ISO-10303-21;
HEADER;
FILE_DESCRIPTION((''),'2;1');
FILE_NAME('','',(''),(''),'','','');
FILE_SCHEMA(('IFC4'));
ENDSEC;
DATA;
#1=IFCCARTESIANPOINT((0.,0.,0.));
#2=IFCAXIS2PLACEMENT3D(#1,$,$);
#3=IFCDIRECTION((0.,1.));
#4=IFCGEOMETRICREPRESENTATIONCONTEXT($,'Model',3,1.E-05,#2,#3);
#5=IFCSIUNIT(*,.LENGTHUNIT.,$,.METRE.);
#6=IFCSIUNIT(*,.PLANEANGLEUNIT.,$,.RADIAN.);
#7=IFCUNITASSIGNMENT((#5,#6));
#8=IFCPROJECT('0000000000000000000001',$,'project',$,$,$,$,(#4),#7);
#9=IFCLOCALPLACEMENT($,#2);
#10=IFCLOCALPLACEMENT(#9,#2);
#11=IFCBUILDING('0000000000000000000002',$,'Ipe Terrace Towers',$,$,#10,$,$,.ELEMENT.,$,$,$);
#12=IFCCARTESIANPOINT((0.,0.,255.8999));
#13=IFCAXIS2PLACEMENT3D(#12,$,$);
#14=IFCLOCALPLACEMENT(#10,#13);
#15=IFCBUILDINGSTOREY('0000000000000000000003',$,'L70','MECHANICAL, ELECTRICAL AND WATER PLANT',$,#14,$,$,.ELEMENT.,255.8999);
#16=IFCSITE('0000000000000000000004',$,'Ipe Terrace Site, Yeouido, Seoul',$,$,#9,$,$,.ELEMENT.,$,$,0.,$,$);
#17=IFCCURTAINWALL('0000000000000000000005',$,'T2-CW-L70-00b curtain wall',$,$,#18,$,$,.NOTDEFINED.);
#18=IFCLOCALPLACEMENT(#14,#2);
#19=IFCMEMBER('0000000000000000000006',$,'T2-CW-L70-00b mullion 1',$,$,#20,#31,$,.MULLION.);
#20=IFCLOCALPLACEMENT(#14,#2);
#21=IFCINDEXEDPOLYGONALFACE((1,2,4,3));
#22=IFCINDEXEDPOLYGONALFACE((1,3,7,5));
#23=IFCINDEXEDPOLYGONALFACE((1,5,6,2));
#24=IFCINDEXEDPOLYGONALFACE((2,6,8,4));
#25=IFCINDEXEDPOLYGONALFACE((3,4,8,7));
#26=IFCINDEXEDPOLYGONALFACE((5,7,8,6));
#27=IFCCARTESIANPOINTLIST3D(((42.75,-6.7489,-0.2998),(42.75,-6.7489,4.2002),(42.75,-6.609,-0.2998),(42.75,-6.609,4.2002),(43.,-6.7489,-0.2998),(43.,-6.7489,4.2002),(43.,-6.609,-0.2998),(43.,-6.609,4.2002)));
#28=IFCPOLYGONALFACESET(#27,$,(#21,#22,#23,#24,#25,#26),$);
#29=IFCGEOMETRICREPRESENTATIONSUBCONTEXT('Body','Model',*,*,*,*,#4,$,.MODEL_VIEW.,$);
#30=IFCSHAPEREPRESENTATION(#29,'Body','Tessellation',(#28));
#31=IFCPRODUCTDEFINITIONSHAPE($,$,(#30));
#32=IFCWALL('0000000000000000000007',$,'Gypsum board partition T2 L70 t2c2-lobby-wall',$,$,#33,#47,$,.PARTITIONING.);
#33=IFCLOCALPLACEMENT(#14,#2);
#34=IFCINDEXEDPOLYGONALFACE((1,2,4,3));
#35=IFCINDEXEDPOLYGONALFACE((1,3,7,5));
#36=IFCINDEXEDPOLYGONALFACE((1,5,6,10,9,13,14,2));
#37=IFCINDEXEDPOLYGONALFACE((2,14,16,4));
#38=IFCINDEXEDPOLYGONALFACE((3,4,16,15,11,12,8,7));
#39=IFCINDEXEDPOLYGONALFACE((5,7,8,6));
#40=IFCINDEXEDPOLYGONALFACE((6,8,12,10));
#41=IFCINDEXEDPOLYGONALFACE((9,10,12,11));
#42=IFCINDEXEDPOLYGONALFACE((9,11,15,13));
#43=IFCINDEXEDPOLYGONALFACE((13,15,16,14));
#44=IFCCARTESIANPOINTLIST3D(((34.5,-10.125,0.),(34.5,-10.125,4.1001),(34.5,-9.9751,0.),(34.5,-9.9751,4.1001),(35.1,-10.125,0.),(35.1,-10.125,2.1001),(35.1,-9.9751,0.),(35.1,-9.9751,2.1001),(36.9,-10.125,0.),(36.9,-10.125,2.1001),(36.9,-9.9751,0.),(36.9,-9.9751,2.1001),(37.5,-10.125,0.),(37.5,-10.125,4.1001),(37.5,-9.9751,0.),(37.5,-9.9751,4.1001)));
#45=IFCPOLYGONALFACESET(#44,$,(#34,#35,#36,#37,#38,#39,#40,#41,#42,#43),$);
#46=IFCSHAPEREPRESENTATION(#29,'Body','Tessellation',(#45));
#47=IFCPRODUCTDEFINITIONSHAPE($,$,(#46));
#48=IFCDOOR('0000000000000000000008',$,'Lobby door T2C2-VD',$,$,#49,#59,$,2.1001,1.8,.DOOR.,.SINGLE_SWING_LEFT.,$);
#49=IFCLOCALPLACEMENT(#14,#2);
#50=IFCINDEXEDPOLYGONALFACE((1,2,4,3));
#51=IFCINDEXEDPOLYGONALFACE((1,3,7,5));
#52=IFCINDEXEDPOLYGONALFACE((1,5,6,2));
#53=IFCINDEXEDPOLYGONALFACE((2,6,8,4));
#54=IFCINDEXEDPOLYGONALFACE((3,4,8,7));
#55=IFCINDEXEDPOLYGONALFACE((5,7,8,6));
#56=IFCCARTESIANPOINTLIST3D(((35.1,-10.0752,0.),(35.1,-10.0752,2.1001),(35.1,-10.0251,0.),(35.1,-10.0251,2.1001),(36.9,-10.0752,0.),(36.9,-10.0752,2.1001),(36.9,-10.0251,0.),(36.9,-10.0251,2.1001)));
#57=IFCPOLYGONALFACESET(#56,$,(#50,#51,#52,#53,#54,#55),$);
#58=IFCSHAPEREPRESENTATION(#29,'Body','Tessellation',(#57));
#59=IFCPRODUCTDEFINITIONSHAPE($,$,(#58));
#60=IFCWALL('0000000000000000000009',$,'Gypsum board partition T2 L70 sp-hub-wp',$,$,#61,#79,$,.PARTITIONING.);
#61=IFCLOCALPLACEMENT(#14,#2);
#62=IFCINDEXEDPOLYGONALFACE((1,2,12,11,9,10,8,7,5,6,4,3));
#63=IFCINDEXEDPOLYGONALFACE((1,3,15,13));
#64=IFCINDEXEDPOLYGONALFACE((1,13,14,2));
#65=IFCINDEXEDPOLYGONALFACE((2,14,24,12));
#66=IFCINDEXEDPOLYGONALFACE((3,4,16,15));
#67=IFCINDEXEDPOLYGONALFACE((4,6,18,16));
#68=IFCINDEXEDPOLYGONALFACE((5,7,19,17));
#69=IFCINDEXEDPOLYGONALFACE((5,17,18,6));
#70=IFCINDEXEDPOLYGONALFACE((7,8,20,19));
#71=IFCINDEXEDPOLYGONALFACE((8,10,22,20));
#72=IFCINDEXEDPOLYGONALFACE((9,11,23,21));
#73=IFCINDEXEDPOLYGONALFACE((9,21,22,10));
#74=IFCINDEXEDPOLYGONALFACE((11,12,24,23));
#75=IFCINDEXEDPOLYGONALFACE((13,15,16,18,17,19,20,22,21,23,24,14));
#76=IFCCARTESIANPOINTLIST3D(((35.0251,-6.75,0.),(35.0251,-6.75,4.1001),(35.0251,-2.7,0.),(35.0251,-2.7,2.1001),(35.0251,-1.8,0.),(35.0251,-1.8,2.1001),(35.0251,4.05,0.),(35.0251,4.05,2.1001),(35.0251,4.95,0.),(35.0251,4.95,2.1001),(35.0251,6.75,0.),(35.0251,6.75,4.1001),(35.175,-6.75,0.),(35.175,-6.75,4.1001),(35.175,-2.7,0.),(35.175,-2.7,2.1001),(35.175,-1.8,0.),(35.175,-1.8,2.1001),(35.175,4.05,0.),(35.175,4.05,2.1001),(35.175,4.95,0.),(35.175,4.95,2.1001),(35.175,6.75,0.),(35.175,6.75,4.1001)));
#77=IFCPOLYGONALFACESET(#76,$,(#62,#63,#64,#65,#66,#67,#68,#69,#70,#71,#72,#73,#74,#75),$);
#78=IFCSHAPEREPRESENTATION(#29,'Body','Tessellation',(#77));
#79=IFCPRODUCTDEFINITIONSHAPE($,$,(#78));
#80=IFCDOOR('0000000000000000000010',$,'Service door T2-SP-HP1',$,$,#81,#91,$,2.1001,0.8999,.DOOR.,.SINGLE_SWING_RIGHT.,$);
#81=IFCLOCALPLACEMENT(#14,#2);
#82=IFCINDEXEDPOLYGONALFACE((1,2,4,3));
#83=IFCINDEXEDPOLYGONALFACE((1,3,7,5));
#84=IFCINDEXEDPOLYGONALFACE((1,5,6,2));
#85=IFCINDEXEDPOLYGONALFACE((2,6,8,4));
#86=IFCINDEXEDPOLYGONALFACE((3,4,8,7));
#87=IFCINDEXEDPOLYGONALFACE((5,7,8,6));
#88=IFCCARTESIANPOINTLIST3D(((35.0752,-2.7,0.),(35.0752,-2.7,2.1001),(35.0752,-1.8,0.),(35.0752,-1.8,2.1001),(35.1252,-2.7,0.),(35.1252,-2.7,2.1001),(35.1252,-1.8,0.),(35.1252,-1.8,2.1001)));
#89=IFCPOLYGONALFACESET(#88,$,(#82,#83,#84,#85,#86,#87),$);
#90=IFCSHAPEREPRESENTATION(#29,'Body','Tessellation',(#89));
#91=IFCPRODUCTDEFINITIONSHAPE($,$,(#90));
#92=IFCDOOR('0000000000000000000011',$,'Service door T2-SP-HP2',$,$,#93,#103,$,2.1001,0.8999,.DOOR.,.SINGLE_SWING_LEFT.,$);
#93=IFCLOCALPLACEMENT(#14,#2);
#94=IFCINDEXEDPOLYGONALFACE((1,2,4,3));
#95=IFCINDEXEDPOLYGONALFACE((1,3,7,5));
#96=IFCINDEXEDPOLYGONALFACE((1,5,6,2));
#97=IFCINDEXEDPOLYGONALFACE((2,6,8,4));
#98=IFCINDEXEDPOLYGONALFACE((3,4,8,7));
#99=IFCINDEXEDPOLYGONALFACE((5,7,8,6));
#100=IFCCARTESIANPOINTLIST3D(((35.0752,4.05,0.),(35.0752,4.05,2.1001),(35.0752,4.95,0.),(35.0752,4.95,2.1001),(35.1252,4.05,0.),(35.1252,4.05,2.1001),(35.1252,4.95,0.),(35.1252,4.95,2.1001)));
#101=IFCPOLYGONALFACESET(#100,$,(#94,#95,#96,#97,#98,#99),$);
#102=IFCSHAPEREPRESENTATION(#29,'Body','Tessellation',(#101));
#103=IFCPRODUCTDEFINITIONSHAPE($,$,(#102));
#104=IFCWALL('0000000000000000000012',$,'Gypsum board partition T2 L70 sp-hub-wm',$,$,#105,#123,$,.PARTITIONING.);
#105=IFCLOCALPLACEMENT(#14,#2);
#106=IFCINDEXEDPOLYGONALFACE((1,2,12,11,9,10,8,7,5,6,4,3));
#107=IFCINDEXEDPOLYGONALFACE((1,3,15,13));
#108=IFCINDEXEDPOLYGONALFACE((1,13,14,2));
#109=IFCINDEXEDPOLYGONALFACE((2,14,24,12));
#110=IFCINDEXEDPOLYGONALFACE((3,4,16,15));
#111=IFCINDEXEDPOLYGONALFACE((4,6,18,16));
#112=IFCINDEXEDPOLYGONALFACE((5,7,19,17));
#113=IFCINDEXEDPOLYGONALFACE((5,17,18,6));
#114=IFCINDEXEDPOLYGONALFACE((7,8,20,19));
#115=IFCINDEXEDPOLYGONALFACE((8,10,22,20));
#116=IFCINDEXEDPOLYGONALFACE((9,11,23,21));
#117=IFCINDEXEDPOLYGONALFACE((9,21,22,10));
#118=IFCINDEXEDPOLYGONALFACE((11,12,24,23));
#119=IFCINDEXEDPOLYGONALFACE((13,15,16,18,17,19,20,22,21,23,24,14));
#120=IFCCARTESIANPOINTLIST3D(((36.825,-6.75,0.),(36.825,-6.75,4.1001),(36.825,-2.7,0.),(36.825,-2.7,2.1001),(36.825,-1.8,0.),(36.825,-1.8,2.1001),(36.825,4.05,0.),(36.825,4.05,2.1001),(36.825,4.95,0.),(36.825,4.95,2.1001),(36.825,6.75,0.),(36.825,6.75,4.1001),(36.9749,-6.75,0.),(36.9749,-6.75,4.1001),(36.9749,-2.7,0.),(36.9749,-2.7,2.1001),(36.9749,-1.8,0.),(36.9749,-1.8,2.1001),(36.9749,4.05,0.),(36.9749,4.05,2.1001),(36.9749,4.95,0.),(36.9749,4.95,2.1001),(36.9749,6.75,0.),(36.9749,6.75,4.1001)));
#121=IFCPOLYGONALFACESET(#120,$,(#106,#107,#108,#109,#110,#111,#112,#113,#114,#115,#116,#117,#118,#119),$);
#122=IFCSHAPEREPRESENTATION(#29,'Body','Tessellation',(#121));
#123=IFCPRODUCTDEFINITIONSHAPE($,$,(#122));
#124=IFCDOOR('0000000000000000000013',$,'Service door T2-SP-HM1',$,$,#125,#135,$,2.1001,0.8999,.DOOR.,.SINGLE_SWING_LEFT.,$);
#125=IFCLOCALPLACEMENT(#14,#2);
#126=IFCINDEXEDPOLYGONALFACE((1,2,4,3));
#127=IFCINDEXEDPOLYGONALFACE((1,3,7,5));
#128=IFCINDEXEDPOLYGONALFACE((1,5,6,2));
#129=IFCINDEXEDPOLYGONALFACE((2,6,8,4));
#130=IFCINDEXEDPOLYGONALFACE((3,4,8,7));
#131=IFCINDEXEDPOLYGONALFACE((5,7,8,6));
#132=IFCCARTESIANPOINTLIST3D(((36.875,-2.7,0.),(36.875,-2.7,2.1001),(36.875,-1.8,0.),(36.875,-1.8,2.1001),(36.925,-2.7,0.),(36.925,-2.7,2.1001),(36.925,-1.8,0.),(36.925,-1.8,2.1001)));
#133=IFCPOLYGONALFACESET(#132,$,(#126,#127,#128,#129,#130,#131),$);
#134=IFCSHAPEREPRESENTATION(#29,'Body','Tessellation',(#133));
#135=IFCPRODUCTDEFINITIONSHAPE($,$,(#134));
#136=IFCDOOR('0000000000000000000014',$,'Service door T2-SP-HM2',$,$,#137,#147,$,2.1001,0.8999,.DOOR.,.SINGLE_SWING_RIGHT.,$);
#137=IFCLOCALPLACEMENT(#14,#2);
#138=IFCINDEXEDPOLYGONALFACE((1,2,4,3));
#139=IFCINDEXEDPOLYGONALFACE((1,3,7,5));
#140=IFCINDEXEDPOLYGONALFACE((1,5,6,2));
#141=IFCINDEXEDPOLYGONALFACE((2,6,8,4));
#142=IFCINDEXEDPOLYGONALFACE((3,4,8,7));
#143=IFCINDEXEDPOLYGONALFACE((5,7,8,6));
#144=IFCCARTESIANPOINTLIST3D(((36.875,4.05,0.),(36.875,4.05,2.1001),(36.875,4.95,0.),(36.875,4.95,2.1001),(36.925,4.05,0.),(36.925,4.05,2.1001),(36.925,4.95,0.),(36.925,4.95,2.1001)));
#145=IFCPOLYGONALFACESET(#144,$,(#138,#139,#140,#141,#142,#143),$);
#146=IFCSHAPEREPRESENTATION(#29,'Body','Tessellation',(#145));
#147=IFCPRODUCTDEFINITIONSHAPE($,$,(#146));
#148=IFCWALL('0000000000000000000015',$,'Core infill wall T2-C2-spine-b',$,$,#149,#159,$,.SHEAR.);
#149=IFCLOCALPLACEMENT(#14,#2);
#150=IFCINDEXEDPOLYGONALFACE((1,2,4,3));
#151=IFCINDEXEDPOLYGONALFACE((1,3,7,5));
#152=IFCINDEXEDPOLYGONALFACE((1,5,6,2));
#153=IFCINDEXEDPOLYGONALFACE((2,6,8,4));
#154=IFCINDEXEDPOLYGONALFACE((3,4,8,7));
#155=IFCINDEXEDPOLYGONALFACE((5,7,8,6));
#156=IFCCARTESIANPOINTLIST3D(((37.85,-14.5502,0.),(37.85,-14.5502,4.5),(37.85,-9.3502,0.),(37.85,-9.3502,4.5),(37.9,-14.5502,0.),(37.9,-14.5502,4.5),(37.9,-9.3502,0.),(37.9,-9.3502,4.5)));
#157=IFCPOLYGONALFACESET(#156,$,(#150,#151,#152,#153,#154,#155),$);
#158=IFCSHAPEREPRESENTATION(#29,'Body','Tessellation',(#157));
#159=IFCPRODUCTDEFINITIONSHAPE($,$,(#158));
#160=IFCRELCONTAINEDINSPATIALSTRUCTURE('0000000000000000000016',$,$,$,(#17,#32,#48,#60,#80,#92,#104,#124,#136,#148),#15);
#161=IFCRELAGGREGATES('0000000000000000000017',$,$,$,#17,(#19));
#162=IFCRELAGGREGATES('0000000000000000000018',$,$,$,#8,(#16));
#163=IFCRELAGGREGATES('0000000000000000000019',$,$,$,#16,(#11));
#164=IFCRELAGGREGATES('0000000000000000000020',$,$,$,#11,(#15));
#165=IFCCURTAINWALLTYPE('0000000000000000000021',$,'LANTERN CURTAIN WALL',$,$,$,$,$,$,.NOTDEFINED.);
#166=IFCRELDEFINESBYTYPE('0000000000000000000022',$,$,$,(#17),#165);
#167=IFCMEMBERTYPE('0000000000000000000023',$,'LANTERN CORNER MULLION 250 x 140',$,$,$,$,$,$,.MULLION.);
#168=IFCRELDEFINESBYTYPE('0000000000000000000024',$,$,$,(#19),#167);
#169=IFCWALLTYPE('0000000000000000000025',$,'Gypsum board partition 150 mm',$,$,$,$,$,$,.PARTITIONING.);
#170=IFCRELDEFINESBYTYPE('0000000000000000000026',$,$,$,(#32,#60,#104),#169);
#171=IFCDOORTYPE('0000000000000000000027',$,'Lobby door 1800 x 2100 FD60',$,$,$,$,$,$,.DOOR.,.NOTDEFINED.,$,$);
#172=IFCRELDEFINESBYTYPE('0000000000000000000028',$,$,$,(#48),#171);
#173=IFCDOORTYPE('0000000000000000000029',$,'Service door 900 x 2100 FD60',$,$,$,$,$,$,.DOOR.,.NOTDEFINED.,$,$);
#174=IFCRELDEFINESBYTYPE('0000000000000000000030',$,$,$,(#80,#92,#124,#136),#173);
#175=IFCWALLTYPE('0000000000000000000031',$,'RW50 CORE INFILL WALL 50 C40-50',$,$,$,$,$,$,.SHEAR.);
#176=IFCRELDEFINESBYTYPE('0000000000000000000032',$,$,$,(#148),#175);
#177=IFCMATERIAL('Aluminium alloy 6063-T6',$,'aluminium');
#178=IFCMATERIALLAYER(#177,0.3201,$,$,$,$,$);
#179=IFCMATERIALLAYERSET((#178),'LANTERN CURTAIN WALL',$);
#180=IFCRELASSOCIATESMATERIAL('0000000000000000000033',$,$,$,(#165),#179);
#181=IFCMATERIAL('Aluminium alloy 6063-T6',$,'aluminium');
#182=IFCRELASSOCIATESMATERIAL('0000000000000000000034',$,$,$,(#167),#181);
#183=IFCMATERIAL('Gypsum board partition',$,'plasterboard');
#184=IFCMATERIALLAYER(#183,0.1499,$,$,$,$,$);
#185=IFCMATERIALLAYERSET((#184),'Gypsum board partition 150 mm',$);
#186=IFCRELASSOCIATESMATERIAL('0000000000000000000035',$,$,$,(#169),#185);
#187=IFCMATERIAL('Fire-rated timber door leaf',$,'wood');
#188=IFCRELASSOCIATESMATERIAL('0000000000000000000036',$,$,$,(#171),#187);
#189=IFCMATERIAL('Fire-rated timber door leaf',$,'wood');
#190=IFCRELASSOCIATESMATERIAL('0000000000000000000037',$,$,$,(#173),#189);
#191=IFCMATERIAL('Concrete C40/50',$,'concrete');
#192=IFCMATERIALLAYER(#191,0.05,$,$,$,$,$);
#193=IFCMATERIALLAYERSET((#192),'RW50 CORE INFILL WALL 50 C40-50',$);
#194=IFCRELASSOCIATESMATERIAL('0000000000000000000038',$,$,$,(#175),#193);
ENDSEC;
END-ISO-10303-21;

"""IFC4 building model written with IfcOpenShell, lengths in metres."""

from ifc_helpers import new_model, si_unit, direction, frame, frame_2d, origin, origin_2d, place, context, subcontext, project, spatial, rectangle, extrude, material, layer, layer_set, material_profile, profile_set, type_object, element, fill, aggregate, save


model = new_model("IFC4")

# Units and contexts
model_context = context("Model", 3, precision=1e-05, world=origin(), true_north=direction((0.0, 1.0)))
body_context = subcontext(model_context, "Body", "Model", "MODEL_VIEW")
ifc_project = project(units=[si_unit("LENGTHUNIT", "METRE"), si_unit("PLANEANGLEUNIT", "RADIAN")], contexts=[model_context])

# Site, building, storey
site_placement = place(None, origin())
site = spatial("IfcSite", under=ifc_project, at=site_placement, Name="Ipe Terrace Site, Yeouido, Seoul", CompositionType="ELEMENT", RefElevation=0.0)
building_placement = place(site_placement, origin())
building = spatial("IfcBuilding", under=site, at=building_placement, Name="Ipe Terrace Towers", CompositionType="ELEMENT")
storey_placement = place(building_placement, frame((0.0, 0.0, 255.8999)))
storey = spatial("IfcBuildingStorey", under=building, at=storey_placement, Name="L70", Description="MECHANICAL, ELECTRICAL AND WATER PLANT", CompositionType="ELEMENT", Elevation=255.8999)

# Curtain wall, member
ifc_material_1 = material(Name="Aluminium alloy 6063-T6", Category="aluminium")
ifc_layer_1 = layer(ifc_material_1, 0.3201)
ifc_layer_set_1 = layer_set([ifc_layer_1], Name="LANTERN CURTAIN WALL")
curtain_wall_type = type_object("IfcCurtainWallType", Name="LANTERN CURTAIN WALL", PredefinedType="NOTDEFINED", material=ifc_layer_set_1)
curtain_wall_placement = place(storey_placement, origin())
curtain_wall = element("IfcCurtainWall", 1, at=curtain_wall_placement, inside=storey, type_object=curtain_wall_type, Name="T2-CW-L70-00b curtain wall", PredefinedType="NOTDEFINED")
ifc_material_2 = material(Name="Aluminium alloy 6063-T6", Category="aluminium")
ifc_material_profile = material_profile(ifc_material_2, rectangle(XDim=0.25, YDim=0.1399, at=origin_2d()), Name="LANTERN CORNER MULLION 250 x 140")
ifc_profile_set = profile_set([ifc_material_profile], Name="Aluminium alloy 6063-T6")
member_type = type_object("IfcMemberType", Name="LANTERN CORNER MULLION 250 x 140", PredefinedType="MULLION", material=ifc_profile_set)
member_placement = place(storey_placement, frame((42.875, -6.679, -0.2998), z_axis=(0.0, 0.0, 1.0), x_axis=(1.0, 0.0, 0.0)))
member = element("IfcMember", 2, at=member_placement, type_object=member_type, Name="T2-CW-L70-00b mullion 1", PredefinedType="MULLION", context=body_context, shape_type="SweptSolid", body=[
    extrude(rectangle(XDim=0.25, YDim=0.1399, at=origin_2d()), origin(), (0.0, 0.0, 1.0), 4.5),
])
aggregate(curtain_wall, [member])

# Wall, opening, door
ifc_material_3 = material(Name="Gypsum board partition", Category="plasterboard")
ifc_layer_2 = layer(ifc_material_3, 0.1499)
ifc_layer_set_2 = layer_set([ifc_layer_2], Name="Gypsum board partition 150 mm")
wall_type_1 = type_object("IfcWallType", Name="Gypsum board partition 150 mm", PredefinedType="PARTITIONING", material=ifc_layer_set_2)
wall_1_placement = place(storey_placement, frame((34.5, -10.05, 0.0), z_axis=(0.0, 0.0, 1.0), x_axis=(1.0, 0.0, 0.0)))
wall_1 = element("IfcWall", 3, at=wall_1_placement, inside=storey, type_object=wall_type_1, Name="Gypsum board partition T2 L70 t2c2-lobby-wall", PredefinedType="PARTITIONING", context=body_context, shape_type="SweptSolid", body=[
    extrude(rectangle(XDim=3.0, YDim=0.1499, at=frame_2d((1.5, 0.0))), origin(), (0.0, 0.0, 1.0), 4.1001),
])
opening_1_placement = place(wall_1_placement, frame((0.6001, 0.0, 0.0)))
opening_1 = element("IfcOpeningElement", 4, at=opening_1_placement, cuts=wall_1, PredefinedType="OPENING", context=body_context, shape_type="SweptSolid", body=[
    extrude(rectangle(XDim=1.8, YDim=2.1001, at=frame_2d((0.8999, 1.05))), frame((0.0, 0.085, 0.0), z_axis=(0.0, -1.0, 0.0), x_axis=(1.0, 0.0, 0.0)), (0.0, 0.0, 1.0), 0.1699),
])
ifc_material_4 = material(Name="Fire-rated timber door leaf", Category="wood")
door_type_1 = type_object("IfcDoorType", Name="Lobby door 1800 x 2100 FD60", OperationType="NOTDEFINED", PredefinedType="DOOR", material=ifc_material_4)
door_1_placement = place(opening_1_placement, origin())
door_1 = element("IfcDoor", 5, at=door_1_placement, inside=storey, type_object=door_type_1, Name="Lobby door T2C2-VD", OperationType="SINGLE_SWING_LEFT", OverallHeight=2.1001, OverallWidth=1.8, PredefinedType="DOOR", context=body_context, shape_type="SweptSolid", body=[
    extrude(rectangle(XDim=1.8, YDim=2.1001, at=frame_2d((0.8999, 1.05))), frame((0.0, 0.0249, 0.0), z_axis=(0.0, -1.0, 0.0), x_axis=(1.0, 0.0, 0.0)), (0.0, 0.0, 1.0), 0.05),
])
fill(opening_1, door_1)

# Walls, openings, doors
wall_2_placement = place(storey_placement, frame((35.1001, -6.75, 0.0), z_axis=(0.0, 0.0, 1.0), x_axis=(0.0, 1.0, 0.0)))
wall_2 = element("IfcWall", 6, at=wall_2_placement, inside=storey, type_object=wall_type_1, Name="Gypsum board partition T2 L70 sp-hub-wp", PredefinedType="PARTITIONING", context=body_context, shape_type="SweptSolid", body=[
    extrude(rectangle(XDim=13.5, YDim=0.1499, at=frame_2d((6.75, 0.0))), origin(), (0.0, 0.0, 1.0), 4.1001),
])
opening_2_placement = place(wall_2_placement, frame((4.05, 0.0, 0.0)))
opening_2 = element("IfcOpeningElement", 7, at=opening_2_placement, cuts=wall_2, PredefinedType="OPENING", context=body_context, shape_type="SweptSolid", body=[
    extrude(rectangle(XDim=0.8999, YDim=2.1001, at=frame_2d((0.45, 1.05))), frame((0.0, 0.085, 0.0), z_axis=(0.0, -1.0, 0.0), x_axis=(1.0, 0.0, 0.0)), (0.0, 0.0, 1.0), 0.1699),
])
opening_3_placement = place(wall_2_placement, frame((10.8, 0.0, 0.0)))
opening_3 = element("IfcOpeningElement", 8, at=opening_3_placement, cuts=wall_2, PredefinedType="OPENING", context=body_context, shape_type="SweptSolid", body=[
    extrude(rectangle(XDim=0.8999, YDim=2.1001, at=frame_2d((0.45, 1.05))), frame((0.0, 0.085, 0.0), z_axis=(0.0, -1.0, 0.0), x_axis=(1.0, 0.0, 0.0)), (0.0, 0.0, 1.0), 0.1699),
])
ifc_material_5 = material(Name="Fire-rated timber door leaf", Category="wood")
door_type_2 = type_object("IfcDoorType", Name="Service door 900 x 2100 FD60", OperationType="NOTDEFINED", PredefinedType="DOOR", material=ifc_material_5)
door_2_placement = place(opening_2_placement, origin())
door_2 = element("IfcDoor", 9, at=door_2_placement, inside=storey, type_object=door_type_2, Name="Service door T2-SP-HP1", OperationType="SINGLE_SWING_RIGHT", OverallHeight=2.1001, OverallWidth=0.8999, PredefinedType="DOOR", context=body_context, shape_type="SweptSolid", body=[
    extrude(rectangle(XDim=0.8999, YDim=2.1001, at=frame_2d((0.45, 1.05))), frame((0.0, 0.0249, 0.0), z_axis=(0.0, -1.0, 0.0), x_axis=(1.0, 0.0, 0.0)), (0.0, 0.0, 1.0), 0.05),
])
fill(opening_2, door_2)
door_3_placement = place(opening_3_placement, origin())
door_3 = element("IfcDoor", 10, at=door_3_placement, inside=storey, type_object=door_type_2, Name="Service door T2-SP-HP2", OperationType="SINGLE_SWING_LEFT", OverallHeight=2.1001, OverallWidth=0.8999, PredefinedType="DOOR", context=body_context, shape_type="SweptSolid", body=[
    extrude(rectangle(XDim=0.8999, YDim=2.1001, at=frame_2d((0.45, 1.05))), frame((0.0, 0.0249, 0.0), z_axis=(0.0, -1.0, 0.0), x_axis=(1.0, 0.0, 0.0)), (0.0, 0.0, 1.0), 0.05),
])
fill(opening_3, door_3)
wall_3_placement = place(storey_placement, frame((36.8999, -6.75, 0.0), z_axis=(0.0, 0.0, 1.0), x_axis=(0.0, 1.0, 0.0)))
wall_3 = element("IfcWall", 11, at=wall_3_placement, inside=storey, type_object=wall_type_1, Name="Gypsum board partition T2 L70 sp-hub-wm", PredefinedType="PARTITIONING", context=body_context, shape_type="SweptSolid", body=[
    extrude(rectangle(XDim=13.5, YDim=0.1499, at=frame_2d((6.75, 0.0))), origin(), (0.0, 0.0, 1.0), 4.1001),
])
opening_4_placement = place(wall_3_placement, frame((4.05, 0.0, 0.0)))
opening_4 = element("IfcOpeningElement", 12, at=opening_4_placement, cuts=wall_3, PredefinedType="OPENING", context=body_context, shape_type="SweptSolid", body=[
    extrude(rectangle(XDim=0.8999, YDim=2.1001, at=frame_2d((0.45, 1.05))), frame((0.0, 0.085, 0.0), z_axis=(0.0, -1.0, 0.0), x_axis=(1.0, 0.0, 0.0)), (0.0, 0.0, 1.0), 0.1699),
])
opening_5_placement = place(wall_3_placement, frame((10.8, 0.0, 0.0)))
opening_5 = element("IfcOpeningElement", 13, at=opening_5_placement, cuts=wall_3, PredefinedType="OPENING", context=body_context, shape_type="SweptSolid", body=[
    extrude(rectangle(XDim=0.8999, YDim=2.1001, at=frame_2d((0.45, 1.05))), frame((0.0, 0.085, 0.0), z_axis=(0.0, -1.0, 0.0), x_axis=(1.0, 0.0, 0.0)), (0.0, 0.0, 1.0), 0.1699),
])
door_4_placement = place(opening_4_placement, origin())
door_4 = element("IfcDoor", 14, at=door_4_placement, inside=storey, type_object=door_type_2, Name="Service door T2-SP-HM1", OperationType="SINGLE_SWING_LEFT", OverallHeight=2.1001, OverallWidth=0.8999, PredefinedType="DOOR", context=body_context, shape_type="SweptSolid", body=[
    extrude(rectangle(XDim=0.8999, YDim=2.1001, at=frame_2d((0.45, 1.05))), frame((0.0, 0.0249, 0.0), z_axis=(0.0, -1.0, 0.0), x_axis=(1.0, 0.0, 0.0)), (0.0, 0.0, 1.0), 0.05),
])
fill(opening_4, door_4)
door_5_placement = place(opening_5_placement, origin())
door_5 = element("IfcDoor", 15, at=door_5_placement, inside=storey, type_object=door_type_2, Name="Service door T2-SP-HM2", OperationType="SINGLE_SWING_RIGHT", OverallHeight=2.1001, OverallWidth=0.8999, PredefinedType="DOOR", context=body_context, shape_type="SweptSolid", body=[
    extrude(rectangle(XDim=0.8999, YDim=2.1001, at=frame_2d((0.45, 1.05))), frame((0.0, 0.0249, 0.0), z_axis=(0.0, -1.0, 0.0), x_axis=(1.0, 0.0, 0.0)), (0.0, 0.0, 1.0), 0.05),
])
fill(opening_5, door_5)

# Wall
ifc_material_6 = material(Name="Concrete C40/50", Category="concrete")
ifc_layer_3 = layer(ifc_material_6, 0.05)
ifc_layer_set_3 = layer_set([ifc_layer_3], Name="RW50 CORE INFILL WALL 50 C40-50")
wall_type_2 = type_object("IfcWallType", Name="RW50 CORE INFILL WALL 50 C40-50", PredefinedType="SHEAR", material=ifc_layer_set_3)
wall_4_placement = place(storey_placement, frame((37.875, -9.3501, 0.0), z_axis=(0.0, 0.0, 1.0), x_axis=(0.0, -1.0, 0.0)))
element("IfcWall", 16, at=wall_4_placement, inside=storey, type_object=wall_type_2, Name="Core infill wall T2-C2-spine-b", PredefinedType="SHEAR", context=body_context, shape_type="SweptSolid", body=[
    extrude(rectangle(XDim=5.2, YDim=0.05, at=frame_2d((2.6001, 0.0))), origin(), (0.0, 0.0, 1.0), 4.5),
])

save(model, "model.ifc")
